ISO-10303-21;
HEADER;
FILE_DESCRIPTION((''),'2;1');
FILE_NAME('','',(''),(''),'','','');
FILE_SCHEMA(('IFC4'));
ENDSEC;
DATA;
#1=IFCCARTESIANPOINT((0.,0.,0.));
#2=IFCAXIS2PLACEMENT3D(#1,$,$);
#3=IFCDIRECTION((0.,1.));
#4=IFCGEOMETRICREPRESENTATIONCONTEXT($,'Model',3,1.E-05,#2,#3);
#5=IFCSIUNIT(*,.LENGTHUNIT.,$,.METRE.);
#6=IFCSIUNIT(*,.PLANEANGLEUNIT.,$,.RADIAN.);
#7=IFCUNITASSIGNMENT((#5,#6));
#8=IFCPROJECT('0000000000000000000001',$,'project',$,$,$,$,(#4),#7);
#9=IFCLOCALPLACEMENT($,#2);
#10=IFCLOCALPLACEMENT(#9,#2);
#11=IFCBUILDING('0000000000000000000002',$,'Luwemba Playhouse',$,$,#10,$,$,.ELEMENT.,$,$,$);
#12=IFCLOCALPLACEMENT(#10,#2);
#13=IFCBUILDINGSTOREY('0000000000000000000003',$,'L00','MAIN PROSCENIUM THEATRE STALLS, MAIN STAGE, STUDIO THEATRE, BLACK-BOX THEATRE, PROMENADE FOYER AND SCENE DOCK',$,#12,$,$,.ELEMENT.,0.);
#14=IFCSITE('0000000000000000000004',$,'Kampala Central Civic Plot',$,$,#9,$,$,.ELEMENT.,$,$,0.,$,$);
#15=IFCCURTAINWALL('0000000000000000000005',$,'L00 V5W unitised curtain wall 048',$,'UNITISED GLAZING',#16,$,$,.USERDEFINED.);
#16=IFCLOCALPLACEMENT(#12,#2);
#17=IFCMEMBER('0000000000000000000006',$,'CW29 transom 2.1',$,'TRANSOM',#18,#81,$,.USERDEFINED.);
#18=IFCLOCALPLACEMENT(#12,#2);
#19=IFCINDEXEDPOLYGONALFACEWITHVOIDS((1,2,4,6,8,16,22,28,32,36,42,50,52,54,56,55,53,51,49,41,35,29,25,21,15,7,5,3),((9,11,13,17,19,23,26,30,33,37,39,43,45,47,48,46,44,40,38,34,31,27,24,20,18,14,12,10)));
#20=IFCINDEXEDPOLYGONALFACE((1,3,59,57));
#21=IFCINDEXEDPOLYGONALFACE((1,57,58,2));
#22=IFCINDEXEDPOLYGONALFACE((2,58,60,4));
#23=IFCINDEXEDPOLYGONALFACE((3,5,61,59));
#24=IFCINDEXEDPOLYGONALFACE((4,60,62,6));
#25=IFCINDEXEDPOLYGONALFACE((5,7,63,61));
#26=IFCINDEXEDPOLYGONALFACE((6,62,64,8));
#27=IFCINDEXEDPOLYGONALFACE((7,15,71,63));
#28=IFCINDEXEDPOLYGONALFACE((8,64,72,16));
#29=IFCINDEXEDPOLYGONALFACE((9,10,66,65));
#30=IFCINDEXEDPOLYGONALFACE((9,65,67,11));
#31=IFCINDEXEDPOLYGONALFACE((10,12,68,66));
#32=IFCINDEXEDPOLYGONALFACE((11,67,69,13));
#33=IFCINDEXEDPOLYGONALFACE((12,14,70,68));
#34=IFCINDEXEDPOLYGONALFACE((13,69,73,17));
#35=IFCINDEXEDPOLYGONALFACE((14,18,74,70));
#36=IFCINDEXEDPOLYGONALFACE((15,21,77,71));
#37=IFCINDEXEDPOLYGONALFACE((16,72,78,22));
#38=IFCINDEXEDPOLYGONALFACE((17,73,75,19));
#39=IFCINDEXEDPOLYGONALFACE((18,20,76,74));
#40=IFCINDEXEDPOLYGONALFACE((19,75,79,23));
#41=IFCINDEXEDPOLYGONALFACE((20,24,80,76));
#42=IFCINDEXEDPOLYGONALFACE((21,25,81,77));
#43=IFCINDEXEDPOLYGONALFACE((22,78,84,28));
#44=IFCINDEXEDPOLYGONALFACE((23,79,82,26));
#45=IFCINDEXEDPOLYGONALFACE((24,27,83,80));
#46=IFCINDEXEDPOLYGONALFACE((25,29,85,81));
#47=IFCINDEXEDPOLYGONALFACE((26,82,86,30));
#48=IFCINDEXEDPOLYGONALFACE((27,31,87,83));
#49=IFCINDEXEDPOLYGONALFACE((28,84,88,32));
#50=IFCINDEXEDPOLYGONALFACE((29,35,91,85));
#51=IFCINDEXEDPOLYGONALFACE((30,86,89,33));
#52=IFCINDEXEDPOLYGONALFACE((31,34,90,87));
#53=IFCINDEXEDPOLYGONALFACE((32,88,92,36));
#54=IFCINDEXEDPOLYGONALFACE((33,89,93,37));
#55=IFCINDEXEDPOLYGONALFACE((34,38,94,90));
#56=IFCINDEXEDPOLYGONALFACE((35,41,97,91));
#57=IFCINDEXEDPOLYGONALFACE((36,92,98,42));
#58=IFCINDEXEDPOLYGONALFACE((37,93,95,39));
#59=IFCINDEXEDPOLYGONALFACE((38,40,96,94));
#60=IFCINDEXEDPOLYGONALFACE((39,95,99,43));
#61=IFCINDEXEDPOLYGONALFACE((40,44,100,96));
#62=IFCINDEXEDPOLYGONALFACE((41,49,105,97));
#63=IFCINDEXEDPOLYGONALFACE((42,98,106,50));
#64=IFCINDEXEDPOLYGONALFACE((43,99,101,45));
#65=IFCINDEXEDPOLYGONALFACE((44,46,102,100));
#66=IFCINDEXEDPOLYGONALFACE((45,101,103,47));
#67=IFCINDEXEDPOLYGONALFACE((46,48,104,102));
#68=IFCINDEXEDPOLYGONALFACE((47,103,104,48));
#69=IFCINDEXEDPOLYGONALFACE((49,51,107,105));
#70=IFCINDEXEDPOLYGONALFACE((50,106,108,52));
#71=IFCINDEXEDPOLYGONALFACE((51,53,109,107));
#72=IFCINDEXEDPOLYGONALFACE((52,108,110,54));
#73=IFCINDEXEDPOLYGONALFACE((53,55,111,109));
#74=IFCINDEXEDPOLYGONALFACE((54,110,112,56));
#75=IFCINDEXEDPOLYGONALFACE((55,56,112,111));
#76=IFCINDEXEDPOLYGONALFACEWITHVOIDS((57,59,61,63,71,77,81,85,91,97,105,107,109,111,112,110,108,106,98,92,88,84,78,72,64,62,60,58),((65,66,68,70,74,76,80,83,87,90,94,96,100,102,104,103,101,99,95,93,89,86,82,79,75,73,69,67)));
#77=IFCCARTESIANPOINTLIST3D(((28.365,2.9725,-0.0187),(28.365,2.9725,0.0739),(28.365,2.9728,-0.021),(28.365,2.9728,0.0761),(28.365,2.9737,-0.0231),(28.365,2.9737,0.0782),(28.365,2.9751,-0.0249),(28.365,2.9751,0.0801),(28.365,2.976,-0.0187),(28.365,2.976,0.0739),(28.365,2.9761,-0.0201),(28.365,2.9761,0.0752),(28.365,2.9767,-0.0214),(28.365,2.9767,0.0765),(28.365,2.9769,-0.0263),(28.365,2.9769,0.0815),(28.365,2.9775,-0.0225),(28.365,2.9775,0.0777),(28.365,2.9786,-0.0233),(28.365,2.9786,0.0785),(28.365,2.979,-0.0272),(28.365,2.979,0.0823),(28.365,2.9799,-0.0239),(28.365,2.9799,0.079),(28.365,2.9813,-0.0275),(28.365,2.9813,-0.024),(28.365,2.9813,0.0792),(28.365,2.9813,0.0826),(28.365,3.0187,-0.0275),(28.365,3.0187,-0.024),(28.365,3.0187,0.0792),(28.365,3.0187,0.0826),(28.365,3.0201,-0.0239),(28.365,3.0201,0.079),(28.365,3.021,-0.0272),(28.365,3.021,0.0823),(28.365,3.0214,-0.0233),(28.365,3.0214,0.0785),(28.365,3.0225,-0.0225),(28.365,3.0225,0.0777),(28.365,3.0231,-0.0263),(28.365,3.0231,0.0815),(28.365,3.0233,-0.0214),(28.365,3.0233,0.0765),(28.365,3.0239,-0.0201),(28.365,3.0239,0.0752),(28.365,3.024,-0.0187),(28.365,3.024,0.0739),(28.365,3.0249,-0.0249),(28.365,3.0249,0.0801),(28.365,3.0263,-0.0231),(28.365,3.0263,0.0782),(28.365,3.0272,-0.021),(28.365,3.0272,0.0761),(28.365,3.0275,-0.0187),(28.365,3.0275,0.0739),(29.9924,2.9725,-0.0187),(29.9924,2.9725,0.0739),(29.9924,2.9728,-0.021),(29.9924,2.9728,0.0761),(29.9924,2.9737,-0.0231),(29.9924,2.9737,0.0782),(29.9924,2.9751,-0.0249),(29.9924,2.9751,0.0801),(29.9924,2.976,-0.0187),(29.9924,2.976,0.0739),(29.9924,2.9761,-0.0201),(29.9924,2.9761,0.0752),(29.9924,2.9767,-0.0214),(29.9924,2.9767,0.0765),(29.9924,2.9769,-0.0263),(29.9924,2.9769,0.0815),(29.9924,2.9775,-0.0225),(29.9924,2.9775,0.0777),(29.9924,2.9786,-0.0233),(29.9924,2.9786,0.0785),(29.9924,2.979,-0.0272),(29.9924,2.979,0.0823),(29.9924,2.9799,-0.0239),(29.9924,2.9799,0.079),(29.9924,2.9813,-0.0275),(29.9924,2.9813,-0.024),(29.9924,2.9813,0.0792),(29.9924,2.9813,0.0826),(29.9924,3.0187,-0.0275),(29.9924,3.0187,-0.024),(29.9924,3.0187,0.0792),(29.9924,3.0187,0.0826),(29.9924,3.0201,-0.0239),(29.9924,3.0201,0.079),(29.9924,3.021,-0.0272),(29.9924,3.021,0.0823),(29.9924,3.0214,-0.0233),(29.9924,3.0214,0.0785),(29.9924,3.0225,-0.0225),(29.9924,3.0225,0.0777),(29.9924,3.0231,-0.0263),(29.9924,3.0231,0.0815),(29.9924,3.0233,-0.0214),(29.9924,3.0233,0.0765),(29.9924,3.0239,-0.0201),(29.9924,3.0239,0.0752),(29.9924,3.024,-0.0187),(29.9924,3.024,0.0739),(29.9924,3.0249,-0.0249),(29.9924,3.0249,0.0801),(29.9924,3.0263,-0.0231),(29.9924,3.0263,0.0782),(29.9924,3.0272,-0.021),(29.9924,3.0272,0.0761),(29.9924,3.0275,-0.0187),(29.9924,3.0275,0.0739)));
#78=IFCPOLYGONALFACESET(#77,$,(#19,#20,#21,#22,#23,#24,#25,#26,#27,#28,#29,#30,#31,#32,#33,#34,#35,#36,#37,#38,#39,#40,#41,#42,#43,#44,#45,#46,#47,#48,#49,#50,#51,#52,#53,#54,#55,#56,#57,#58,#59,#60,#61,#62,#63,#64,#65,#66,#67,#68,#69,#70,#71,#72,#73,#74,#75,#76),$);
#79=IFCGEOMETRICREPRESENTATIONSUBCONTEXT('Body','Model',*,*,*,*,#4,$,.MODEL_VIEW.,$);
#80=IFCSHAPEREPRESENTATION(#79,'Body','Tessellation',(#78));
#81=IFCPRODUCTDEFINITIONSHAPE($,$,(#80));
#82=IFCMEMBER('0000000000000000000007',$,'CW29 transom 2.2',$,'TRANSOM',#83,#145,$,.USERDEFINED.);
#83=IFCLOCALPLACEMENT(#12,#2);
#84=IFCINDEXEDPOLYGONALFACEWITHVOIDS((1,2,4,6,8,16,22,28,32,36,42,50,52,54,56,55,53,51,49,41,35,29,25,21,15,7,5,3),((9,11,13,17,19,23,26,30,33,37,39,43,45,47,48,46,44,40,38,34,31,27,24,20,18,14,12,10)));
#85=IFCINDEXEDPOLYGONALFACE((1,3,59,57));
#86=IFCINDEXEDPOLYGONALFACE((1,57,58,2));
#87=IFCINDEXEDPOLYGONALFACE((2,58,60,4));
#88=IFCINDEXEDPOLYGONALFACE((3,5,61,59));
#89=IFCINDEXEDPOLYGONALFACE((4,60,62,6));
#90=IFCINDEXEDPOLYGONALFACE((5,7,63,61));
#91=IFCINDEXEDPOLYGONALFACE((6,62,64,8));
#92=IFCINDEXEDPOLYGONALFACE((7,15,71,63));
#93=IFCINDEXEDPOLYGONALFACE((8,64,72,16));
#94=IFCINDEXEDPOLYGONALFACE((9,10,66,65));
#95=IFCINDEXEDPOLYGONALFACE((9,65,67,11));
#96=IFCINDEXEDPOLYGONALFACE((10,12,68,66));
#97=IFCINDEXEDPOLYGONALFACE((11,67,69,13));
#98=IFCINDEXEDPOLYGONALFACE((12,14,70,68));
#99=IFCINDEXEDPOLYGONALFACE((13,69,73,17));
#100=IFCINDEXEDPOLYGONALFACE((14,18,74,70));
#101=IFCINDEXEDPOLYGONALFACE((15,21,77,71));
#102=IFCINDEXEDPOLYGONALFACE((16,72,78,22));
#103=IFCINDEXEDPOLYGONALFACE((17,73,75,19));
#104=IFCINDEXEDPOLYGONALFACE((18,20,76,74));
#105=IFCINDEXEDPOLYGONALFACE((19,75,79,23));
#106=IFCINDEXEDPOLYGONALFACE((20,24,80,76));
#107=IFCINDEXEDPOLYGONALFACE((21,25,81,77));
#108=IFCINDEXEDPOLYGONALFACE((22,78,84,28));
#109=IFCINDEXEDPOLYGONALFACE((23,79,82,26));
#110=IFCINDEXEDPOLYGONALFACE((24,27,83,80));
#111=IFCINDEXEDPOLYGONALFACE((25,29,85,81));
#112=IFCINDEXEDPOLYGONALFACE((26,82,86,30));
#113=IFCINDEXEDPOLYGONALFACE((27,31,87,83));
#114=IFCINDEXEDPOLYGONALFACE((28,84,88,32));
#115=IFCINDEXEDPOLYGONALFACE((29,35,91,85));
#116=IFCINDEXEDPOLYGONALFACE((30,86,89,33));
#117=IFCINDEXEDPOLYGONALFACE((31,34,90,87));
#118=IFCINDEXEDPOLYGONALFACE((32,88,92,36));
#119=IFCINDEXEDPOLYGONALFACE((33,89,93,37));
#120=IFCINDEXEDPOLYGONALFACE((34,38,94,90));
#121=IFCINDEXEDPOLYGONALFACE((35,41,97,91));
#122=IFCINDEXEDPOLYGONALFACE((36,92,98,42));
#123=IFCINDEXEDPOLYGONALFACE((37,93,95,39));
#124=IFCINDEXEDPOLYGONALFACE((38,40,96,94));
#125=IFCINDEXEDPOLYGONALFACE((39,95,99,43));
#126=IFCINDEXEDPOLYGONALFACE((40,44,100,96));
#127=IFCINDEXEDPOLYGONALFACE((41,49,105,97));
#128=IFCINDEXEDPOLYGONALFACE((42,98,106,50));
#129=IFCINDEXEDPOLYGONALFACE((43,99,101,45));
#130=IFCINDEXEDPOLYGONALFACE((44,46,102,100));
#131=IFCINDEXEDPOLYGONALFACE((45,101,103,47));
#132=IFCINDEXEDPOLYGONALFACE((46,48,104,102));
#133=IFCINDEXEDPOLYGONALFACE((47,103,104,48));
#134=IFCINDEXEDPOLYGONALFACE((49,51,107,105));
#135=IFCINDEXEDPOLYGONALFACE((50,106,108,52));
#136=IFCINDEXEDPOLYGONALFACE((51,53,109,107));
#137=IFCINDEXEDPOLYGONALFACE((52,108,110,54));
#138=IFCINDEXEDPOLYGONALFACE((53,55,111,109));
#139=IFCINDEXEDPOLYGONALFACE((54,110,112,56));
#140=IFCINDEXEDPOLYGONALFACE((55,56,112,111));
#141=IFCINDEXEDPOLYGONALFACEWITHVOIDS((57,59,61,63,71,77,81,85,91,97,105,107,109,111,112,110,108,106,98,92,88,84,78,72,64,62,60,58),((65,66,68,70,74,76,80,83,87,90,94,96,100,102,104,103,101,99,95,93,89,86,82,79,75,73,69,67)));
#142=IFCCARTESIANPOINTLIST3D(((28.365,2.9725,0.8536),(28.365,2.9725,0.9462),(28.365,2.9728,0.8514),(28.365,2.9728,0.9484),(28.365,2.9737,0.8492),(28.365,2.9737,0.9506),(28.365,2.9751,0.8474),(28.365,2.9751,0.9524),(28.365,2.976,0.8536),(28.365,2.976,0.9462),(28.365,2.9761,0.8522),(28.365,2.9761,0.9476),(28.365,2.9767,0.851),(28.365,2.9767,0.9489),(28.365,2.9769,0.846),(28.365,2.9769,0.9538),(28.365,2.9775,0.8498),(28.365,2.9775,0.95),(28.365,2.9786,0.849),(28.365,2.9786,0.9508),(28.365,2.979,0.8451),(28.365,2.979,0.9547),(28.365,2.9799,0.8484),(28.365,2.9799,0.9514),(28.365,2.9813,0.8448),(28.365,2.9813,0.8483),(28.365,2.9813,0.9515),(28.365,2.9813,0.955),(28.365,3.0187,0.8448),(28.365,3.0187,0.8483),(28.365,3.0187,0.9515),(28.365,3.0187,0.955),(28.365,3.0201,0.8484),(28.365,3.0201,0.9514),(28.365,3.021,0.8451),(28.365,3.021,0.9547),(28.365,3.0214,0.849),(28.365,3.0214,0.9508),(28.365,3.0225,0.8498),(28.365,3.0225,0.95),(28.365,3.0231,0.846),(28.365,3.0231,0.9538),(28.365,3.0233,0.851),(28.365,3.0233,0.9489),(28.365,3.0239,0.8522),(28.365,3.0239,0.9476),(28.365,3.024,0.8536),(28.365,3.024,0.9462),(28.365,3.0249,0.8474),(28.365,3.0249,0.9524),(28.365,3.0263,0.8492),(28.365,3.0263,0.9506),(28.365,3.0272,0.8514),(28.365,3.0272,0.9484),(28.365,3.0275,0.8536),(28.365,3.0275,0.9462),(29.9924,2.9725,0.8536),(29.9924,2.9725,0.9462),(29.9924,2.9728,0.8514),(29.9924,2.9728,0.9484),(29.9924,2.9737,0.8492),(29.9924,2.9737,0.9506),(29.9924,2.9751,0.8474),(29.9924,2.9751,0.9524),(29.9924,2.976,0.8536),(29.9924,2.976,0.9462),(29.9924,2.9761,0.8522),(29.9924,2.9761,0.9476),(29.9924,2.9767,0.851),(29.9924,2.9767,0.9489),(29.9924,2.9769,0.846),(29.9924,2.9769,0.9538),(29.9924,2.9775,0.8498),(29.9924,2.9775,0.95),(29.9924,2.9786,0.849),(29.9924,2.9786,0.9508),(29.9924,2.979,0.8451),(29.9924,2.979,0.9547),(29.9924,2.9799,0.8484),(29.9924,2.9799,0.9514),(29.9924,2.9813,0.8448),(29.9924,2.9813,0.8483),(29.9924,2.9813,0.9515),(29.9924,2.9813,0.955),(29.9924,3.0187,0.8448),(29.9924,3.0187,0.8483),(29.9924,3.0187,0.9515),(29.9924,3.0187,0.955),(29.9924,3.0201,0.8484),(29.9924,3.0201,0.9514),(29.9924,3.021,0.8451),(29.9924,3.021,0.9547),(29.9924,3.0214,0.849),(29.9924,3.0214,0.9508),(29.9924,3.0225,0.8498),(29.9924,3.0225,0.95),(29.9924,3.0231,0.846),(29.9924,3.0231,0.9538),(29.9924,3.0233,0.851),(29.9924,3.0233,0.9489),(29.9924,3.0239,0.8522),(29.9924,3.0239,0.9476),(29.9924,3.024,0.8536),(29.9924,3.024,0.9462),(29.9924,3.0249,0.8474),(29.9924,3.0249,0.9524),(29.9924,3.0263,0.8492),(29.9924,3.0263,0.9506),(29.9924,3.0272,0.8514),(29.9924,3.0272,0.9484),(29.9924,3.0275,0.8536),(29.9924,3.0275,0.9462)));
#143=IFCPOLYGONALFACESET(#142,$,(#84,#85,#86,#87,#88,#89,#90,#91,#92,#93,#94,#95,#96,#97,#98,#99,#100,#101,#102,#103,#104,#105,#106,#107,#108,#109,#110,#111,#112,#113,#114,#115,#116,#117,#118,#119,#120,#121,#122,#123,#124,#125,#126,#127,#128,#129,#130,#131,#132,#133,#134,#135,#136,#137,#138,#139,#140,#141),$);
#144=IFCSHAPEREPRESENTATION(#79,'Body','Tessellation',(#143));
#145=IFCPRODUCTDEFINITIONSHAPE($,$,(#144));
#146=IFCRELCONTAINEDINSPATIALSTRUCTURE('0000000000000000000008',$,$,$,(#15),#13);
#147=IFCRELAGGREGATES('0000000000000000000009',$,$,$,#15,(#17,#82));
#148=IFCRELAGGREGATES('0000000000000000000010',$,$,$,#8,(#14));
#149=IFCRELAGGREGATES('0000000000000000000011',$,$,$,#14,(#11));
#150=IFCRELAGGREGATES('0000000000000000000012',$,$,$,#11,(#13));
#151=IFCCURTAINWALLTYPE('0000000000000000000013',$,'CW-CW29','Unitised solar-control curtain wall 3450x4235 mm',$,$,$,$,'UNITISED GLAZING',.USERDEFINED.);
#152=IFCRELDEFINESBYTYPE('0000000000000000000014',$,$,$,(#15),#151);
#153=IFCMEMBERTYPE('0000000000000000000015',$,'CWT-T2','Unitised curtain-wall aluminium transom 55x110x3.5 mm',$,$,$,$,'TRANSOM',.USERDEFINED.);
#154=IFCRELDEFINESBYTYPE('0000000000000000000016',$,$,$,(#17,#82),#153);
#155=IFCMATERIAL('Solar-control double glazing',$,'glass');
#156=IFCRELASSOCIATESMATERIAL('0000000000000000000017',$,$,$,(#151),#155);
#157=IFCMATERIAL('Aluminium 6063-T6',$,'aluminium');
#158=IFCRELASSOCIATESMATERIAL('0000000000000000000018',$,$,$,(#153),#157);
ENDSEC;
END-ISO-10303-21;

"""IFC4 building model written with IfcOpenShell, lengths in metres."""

from ifc_helpers import new_model, si_unit, direction, frame, origin, origin_2d, place, context, subcontext, project, spatial, hollow_rectangle, extrude, material, material_profile, profile_set, type_object, element, aggregate, save


model = new_model("IFC4")

# Units and contexts
model_context = context("Model", 3, precision=1e-05, world=origin(), true_north=direction((0.0, 1.0)))
body_context = subcontext(model_context, "Body", "Model", "MODEL_VIEW")
ifc_project = project(units=[si_unit("LENGTHUNIT", "METRE"), si_unit("PLANEANGLEUNIT", "RADIAN")], contexts=[model_context])

# Site, building, storey
site_placement = place(None, origin())
site = spatial("IfcSite", under=ifc_project, at=site_placement, Name="Kampala Central Civic Plot", CompositionType="ELEMENT", RefElevation=0.0)
building_placement = place(site_placement, origin())
building = spatial("IfcBuilding", under=site, at=building_placement, Name="Luwemba Playhouse", CompositionType="ELEMENT")
storey_placement = place(building_placement, origin())
storey = spatial("IfcBuildingStorey", under=building, at=storey_placement, Name="L00", Description="MAIN PROSCENIUM THEATRE STALLS, MAIN STAGE, STUDIO THEATRE, BLACK-BOX THEATRE, PROMENADE FOYER AND SCENE DOCK", CompositionType="ELEMENT", Elevation=0.0)

# Curtain wall, members
ifc_material_1 = material(Name="Solar-control double glazing", Category="glass")
curtain_wall_type = type_object("IfcCurtainWallType", Name="CW-CW29", Description="Unitised solar-control curtain wall 3450x4235 mm", ElementType="UNITISED GLAZING", PredefinedType="USERDEFINED", material=ifc_material_1)
curtain_wall_placement = place(storey_placement, origin())
curtain_wall = element("IfcCurtainWall", 1, at=curtain_wall_placement, inside=storey, type_object=curtain_wall_type, Name="L00 V5W unitised curtain wall 048", ObjectType="UNITISED GLAZING", PredefinedType="USERDEFINED")
ifc_material_2 = material(Name="Aluminium 6063-T6", Category="aluminium")
ifc_material_profile_1 = material_profile(ifc_material_2, hollow_rectangle(XDim=0.0549, YDim=0.1101, WallThickness=0.0034, InnerFilletRadius=0.0054, OuterFilletRadius=0.0088, at=origin_2d()))
ifc_profile_set_1 = profile_set([ifc_material_profile_1], Name="Aluminium 6063-T6")
member_type_1 = type_object("IfcMemberType", Name="CWT-T2", Description="Unitised curtain-wall aluminium transom 55x110x3.5 mm", ElementType="TRANSOM", PredefinedType="USERDEFINED", material=ifc_profile_set_1)
member_1_placement = place(storey_placement, frame((29.9924, 3.0, 0.0276), z_axis=(-1.0, 0.0, 0.0), x_axis=(0.0, -1.0, 0.0)))
member_1 = element("IfcMember", 2, at=member_1_placement, type_object=member_type_1, Name="CW29 transom 2.1", ObjectType="TRANSOM", PredefinedType="USERDEFINED", context=body_context, shape_type="SweptSolid", body=[
    extrude(hollow_rectangle(XDim=0.0549, YDim=0.1101, WallThickness=0.0034, InnerFilletRadius=0.0054, OuterFilletRadius=0.0088, at=origin_2d()), origin(), (0.0, 0.0, 1.0), 1.6274),
])
member_2_placement = place(storey_placement, frame((29.9924, 3.0, 0.8999), z_axis=(-1.0, 0.0, 0.0), x_axis=(0.0, -1.0, 0.0)))
member_2 = element("IfcMember", 3, at=member_2_placement, type_object=member_type_1, Name="CW29 transom 2.2", ObjectType="TRANSOM", PredefinedType="USERDEFINED", context=body_context, shape_type="SweptSolid", body=[
    extrude(hollow_rectangle(XDim=0.0549, YDim=0.1101, WallThickness=0.0034, InnerFilletRadius=0.0054, OuterFilletRadius=0.0088, at=origin_2d()), origin(), (0.0, 0.0, 1.0), 1.6274),
])
aggregate(curtain_wall, [member_1, member_2])

save(model, "model.ifc")
